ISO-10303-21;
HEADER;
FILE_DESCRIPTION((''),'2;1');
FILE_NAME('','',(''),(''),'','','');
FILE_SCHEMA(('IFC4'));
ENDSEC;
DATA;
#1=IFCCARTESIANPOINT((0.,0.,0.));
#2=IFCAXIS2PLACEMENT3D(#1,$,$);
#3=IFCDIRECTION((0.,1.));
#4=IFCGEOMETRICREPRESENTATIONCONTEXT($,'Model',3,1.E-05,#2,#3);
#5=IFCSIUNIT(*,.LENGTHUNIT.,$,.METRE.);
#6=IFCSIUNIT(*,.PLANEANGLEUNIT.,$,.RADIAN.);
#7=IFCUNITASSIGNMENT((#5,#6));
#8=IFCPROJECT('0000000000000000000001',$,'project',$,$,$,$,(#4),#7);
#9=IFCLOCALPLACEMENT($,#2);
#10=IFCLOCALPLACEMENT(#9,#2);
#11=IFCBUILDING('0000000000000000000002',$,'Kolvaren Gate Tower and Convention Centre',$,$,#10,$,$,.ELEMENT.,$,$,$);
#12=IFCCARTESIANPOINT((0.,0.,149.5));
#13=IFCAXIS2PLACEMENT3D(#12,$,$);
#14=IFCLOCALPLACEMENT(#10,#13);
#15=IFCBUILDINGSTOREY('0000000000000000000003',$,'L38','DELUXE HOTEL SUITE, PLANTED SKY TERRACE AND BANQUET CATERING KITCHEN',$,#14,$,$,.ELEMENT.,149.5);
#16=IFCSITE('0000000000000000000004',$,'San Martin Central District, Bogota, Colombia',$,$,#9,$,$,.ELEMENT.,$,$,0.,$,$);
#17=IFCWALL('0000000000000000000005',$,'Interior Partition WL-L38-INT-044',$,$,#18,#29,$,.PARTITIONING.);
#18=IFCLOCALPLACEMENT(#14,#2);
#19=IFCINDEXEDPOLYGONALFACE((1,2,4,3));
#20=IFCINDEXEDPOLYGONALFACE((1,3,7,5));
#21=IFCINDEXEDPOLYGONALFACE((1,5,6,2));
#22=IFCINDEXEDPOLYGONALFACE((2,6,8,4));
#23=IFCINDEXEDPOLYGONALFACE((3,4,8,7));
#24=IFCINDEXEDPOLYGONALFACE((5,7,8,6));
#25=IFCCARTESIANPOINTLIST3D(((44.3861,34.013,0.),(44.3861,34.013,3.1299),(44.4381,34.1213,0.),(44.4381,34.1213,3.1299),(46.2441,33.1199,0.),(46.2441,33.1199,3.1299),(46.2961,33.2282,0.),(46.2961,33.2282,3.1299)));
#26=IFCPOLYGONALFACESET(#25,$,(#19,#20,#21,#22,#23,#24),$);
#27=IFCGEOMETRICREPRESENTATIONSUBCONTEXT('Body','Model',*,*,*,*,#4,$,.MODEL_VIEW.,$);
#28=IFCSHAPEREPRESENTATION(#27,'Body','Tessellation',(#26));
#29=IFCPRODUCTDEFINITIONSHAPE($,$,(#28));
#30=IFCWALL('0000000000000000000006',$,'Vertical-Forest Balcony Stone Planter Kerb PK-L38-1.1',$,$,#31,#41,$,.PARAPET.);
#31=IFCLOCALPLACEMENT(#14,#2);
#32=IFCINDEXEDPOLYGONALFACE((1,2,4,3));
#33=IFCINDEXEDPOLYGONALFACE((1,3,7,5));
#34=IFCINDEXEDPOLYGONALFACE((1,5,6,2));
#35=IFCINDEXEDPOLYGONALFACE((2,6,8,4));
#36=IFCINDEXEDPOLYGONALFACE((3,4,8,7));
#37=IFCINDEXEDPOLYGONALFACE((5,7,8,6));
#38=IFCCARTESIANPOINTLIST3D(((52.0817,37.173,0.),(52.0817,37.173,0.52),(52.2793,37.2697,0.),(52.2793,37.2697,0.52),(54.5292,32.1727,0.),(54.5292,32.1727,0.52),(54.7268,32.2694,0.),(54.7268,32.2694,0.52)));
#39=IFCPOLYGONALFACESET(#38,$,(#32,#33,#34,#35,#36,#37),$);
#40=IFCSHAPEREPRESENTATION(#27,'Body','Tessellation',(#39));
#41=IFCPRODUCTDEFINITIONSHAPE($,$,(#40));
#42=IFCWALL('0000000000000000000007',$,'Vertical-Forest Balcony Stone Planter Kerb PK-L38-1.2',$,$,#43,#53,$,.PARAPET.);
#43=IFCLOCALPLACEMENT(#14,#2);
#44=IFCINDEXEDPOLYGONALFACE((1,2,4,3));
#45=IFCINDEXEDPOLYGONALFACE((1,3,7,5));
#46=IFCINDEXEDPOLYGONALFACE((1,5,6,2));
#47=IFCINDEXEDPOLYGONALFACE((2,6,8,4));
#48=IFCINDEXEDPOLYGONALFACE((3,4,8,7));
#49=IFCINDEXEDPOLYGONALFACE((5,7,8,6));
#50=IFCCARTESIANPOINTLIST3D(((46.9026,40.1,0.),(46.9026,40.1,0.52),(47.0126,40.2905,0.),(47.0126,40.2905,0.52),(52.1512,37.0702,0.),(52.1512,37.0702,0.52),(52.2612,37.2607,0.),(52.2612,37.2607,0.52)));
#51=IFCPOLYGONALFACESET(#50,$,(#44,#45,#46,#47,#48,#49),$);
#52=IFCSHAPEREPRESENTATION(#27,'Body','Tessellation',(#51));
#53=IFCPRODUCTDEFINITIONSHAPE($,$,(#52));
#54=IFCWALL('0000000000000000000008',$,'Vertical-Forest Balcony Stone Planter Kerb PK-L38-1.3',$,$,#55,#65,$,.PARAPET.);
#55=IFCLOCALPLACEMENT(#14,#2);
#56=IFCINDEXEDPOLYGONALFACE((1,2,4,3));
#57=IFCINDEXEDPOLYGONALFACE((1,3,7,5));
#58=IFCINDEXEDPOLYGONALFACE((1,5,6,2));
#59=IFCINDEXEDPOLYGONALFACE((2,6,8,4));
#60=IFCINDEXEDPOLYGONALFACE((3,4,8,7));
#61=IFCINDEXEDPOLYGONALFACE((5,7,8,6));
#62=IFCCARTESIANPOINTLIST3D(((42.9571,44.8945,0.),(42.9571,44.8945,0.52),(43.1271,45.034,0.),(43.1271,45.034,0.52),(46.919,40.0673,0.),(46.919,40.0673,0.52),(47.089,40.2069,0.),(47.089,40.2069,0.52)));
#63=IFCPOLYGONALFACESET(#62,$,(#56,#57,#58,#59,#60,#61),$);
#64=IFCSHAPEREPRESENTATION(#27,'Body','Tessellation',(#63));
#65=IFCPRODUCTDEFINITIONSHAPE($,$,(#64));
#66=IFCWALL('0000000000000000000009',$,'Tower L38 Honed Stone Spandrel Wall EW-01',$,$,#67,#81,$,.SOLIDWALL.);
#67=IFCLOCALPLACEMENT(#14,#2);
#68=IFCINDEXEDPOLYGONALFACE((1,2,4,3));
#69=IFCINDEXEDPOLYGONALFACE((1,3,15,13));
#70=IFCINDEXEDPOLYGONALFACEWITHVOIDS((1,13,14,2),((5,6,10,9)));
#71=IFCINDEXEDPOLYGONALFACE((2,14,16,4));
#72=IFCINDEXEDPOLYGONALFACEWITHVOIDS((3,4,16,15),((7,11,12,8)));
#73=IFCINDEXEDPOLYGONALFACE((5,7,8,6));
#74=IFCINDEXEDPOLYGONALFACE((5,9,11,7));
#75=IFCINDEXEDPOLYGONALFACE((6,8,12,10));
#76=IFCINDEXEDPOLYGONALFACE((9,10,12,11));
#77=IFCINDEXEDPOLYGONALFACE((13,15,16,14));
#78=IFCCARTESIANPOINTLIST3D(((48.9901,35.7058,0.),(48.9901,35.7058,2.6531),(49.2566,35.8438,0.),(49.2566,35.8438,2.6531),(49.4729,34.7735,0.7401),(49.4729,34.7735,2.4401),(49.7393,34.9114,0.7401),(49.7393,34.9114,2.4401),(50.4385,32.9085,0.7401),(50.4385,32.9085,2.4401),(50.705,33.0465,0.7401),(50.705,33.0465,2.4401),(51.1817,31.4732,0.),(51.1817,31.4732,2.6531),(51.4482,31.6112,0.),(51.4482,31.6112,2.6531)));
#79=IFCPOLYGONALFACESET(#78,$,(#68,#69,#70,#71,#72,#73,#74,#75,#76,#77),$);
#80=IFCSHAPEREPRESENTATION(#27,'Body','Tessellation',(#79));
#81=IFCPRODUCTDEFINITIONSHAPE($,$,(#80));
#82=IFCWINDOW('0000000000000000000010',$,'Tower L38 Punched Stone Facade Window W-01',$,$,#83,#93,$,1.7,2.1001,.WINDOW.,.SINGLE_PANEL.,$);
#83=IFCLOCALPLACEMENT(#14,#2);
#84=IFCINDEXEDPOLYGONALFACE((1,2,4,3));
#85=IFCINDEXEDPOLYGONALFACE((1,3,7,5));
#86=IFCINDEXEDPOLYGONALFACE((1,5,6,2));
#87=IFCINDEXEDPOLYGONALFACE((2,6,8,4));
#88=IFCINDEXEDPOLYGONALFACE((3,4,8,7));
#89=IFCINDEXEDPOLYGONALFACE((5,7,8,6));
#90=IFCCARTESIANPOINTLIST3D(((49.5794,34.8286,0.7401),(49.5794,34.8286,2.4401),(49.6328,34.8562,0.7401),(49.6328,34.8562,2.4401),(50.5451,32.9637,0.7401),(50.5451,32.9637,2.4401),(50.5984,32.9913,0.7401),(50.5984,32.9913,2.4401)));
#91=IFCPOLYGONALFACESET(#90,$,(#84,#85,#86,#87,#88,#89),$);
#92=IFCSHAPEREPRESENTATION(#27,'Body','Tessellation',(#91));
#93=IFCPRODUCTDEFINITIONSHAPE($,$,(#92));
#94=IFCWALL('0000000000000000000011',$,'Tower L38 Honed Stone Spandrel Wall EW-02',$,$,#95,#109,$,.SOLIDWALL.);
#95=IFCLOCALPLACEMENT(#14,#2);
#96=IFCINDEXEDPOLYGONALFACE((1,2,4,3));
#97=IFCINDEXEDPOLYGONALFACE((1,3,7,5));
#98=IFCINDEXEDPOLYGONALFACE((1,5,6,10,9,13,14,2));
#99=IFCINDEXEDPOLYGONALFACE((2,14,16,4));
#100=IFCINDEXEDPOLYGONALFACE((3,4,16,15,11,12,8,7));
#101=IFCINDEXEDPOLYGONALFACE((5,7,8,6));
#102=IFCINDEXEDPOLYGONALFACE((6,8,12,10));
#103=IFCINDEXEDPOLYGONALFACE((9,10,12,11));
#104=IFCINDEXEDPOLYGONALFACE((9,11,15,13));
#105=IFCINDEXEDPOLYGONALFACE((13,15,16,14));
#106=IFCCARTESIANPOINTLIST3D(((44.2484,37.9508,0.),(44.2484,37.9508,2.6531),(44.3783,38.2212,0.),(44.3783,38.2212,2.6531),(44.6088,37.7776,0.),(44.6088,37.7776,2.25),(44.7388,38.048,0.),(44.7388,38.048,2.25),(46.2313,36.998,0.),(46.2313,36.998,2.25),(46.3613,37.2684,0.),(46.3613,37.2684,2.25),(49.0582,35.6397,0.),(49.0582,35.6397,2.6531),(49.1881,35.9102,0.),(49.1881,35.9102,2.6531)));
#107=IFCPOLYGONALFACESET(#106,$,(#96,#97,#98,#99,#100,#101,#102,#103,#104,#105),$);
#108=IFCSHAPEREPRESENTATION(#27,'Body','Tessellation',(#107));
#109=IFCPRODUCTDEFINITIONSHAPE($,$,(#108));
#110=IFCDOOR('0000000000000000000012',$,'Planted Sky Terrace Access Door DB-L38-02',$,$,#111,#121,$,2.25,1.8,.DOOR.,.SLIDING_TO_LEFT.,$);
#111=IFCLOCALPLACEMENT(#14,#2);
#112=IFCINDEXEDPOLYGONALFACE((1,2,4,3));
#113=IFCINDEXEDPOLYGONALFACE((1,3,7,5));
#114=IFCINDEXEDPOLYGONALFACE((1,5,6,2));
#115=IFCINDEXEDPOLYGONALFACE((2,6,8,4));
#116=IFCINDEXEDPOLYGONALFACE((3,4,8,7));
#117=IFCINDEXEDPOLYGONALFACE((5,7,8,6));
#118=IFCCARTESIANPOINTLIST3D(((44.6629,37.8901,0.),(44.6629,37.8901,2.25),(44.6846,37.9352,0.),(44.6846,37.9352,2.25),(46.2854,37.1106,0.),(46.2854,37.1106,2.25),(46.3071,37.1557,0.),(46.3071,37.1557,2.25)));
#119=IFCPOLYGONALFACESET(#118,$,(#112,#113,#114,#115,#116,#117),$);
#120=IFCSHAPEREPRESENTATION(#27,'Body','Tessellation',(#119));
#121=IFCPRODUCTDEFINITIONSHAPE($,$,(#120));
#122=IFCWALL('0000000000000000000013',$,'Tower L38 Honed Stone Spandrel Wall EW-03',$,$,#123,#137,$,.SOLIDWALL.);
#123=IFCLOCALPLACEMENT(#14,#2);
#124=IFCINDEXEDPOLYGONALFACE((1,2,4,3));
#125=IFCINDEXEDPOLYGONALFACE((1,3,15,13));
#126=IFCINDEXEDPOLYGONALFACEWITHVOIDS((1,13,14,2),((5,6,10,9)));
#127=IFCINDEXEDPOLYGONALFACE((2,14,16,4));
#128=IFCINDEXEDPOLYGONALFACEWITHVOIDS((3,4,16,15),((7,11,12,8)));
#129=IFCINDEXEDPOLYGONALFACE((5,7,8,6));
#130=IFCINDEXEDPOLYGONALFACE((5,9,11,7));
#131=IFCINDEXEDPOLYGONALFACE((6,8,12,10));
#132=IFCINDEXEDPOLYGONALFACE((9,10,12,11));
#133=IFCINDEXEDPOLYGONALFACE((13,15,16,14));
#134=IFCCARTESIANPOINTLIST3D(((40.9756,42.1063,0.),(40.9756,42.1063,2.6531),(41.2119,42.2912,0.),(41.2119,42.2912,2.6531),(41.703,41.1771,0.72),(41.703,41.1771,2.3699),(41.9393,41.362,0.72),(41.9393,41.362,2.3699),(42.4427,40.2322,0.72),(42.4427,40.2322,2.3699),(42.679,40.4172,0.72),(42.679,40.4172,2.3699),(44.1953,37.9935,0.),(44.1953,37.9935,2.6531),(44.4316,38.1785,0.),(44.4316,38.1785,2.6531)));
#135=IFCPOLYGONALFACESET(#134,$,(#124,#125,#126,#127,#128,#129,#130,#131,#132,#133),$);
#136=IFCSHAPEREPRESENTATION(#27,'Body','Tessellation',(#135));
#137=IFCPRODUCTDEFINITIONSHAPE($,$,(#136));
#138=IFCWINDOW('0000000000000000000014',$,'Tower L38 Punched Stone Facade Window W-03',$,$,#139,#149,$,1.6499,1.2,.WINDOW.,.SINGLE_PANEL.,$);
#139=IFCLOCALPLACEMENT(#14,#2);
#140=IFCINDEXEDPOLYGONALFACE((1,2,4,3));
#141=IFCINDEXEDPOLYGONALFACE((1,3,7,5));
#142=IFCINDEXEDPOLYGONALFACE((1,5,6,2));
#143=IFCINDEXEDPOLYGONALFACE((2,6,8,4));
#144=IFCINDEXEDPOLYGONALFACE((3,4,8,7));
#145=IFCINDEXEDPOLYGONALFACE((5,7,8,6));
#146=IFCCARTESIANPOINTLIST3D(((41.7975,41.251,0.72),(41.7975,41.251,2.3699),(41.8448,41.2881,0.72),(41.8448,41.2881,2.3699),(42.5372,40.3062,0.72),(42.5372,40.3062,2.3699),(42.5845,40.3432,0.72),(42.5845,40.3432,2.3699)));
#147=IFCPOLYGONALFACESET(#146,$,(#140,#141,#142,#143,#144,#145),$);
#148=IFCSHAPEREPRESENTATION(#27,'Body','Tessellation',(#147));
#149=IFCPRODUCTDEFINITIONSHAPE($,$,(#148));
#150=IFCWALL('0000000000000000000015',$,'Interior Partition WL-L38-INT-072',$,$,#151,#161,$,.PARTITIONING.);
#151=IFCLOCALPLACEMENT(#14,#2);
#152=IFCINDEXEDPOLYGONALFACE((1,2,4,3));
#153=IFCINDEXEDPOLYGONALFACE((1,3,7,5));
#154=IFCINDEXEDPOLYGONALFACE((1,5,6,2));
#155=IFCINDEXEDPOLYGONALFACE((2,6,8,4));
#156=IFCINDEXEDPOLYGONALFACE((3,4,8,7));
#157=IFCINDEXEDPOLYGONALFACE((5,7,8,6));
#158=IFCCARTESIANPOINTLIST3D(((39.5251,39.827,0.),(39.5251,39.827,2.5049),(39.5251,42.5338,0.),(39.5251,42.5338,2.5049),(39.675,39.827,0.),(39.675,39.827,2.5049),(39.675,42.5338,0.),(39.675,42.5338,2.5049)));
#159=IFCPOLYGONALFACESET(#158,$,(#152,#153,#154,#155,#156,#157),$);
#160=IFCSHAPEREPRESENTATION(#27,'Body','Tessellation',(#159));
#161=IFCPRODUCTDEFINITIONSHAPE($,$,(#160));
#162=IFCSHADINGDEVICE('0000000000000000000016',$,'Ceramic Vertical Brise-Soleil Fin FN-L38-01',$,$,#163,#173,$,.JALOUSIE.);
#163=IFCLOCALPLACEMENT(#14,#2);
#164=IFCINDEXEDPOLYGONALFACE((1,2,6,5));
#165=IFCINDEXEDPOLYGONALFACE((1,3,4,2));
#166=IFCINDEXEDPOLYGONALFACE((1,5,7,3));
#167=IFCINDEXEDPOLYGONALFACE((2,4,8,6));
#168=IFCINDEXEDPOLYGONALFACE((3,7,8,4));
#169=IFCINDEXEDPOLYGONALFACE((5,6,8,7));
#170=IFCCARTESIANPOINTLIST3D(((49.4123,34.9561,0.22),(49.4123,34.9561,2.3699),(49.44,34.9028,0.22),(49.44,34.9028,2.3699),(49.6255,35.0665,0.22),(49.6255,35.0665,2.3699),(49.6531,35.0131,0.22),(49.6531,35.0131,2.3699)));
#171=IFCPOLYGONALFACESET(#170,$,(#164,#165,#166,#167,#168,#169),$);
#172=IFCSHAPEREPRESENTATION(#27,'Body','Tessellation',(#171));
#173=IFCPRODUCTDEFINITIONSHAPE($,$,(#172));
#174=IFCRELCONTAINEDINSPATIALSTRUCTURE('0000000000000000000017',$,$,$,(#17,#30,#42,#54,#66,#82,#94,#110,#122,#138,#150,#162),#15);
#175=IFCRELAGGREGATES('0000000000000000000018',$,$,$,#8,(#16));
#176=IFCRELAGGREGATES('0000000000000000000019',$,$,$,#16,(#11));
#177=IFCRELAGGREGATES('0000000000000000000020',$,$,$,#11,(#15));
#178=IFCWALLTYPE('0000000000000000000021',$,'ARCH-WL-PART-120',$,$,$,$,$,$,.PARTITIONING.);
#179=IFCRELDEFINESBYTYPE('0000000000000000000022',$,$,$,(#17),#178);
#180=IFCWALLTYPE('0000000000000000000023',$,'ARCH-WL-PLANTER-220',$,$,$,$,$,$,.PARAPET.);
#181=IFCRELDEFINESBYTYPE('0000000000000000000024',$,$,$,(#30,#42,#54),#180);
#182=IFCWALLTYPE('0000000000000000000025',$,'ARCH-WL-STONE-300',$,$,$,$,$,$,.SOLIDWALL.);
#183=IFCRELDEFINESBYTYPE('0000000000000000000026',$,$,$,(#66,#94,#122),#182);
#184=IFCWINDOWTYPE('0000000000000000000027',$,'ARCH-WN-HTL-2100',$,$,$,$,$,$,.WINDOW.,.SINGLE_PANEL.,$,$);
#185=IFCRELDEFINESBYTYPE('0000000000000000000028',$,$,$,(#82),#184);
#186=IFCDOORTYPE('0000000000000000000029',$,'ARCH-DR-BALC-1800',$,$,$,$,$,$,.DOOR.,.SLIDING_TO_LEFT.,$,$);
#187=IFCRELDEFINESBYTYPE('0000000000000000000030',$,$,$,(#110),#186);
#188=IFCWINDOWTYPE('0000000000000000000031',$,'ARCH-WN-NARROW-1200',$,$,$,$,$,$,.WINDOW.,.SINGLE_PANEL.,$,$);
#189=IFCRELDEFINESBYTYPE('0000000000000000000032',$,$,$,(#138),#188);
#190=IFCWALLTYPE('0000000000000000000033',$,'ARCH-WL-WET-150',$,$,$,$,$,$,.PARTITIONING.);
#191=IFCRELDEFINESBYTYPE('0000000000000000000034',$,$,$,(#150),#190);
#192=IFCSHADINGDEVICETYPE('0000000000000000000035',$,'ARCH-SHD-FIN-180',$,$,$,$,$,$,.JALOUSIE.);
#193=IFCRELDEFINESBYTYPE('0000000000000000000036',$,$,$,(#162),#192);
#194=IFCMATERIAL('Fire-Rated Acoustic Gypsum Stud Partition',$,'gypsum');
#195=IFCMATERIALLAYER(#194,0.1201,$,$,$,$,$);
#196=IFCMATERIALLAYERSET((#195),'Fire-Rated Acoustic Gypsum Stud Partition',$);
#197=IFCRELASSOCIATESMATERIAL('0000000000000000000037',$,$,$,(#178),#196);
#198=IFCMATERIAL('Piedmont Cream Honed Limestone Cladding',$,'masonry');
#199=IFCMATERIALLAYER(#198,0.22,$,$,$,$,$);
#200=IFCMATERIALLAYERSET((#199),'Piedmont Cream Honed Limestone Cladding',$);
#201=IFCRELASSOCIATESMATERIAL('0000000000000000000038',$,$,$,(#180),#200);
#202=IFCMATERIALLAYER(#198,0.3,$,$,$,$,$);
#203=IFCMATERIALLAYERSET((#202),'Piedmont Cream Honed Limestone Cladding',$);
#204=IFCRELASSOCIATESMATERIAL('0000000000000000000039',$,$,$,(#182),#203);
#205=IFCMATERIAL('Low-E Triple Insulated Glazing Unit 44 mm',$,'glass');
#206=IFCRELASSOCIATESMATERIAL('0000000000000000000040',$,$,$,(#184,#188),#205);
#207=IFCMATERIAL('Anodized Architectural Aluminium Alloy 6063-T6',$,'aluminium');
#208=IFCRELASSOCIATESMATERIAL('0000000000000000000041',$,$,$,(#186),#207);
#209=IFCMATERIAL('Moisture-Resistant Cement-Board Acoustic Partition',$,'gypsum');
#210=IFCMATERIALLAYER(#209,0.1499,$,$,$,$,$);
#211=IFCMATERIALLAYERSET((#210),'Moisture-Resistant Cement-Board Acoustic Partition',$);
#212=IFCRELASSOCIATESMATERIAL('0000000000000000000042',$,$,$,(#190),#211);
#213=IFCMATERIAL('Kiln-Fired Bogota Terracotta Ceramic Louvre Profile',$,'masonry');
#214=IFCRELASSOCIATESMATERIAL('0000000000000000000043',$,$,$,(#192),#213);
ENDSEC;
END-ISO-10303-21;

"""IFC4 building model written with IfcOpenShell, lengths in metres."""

from ifc_helpers import new_model, si_unit, direction, frame, frame_2d, origin, origin_2d, place, context, subcontext, project, spatial, rectangle, extrude, material, layer, layer_set, type_object, element, fill, save


model = new_model("IFC4")

# Units and contexts
model_context = context("Model", 3, precision=1e-05, world=origin(), true_north=direction((0.0, 1.0)))
body_context = subcontext(model_context, "Body", "Model", "MODEL_VIEW")
ifc_project = project(units=[si_unit("LENGTHUNIT", "METRE"), si_unit("PLANEANGLEUNIT", "RADIAN")], contexts=[model_context])

# Site, building, storey
site_placement = place(None, origin())
site = spatial("IfcSite", under=ifc_project, at=site_placement, Name="San Martin Central District, Bogota, Colombia", CompositionType="ELEMENT", RefElevation=0.0)
building_placement = place(site_placement, origin())
building = spatial("IfcBuilding", under=site, at=building_placement, Name="Kolvaren Gate Tower and Convention Centre", CompositionType="ELEMENT")
storey_placement = place(building_placement, frame((0.0, 0.0, 149.5)))
storey = spatial("IfcBuildingStorey", under=building, at=storey_placement, Name="L38", Description="DELUXE HOTEL SUITE, PLANTED SKY TERRACE AND BANQUET CATERING KITCHEN", CompositionType="ELEMENT", Elevation=149.5)

# Walls
ifc_material_1 = material(Name="Fire-Rated Acoustic Gypsum Stud Partition", Category="gypsum")
ifc_layer_1 = layer(ifc_material_1, 0.1201)
ifc_layer_set_1 = layer_set([ifc_layer_1], Name="Fire-Rated Acoustic Gypsum Stud Partition")
wall_type_1 = type_object("IfcWallType", Name="ARCH-WL-PART-120", PredefinedType="PARTITIONING", material=ifc_layer_set_1)
wall_1_placement = place(storey_placement, frame((44.4121, 34.0671, 0.0), z_axis=(0.0, 0.0, 1.0), x_axis=(0.901283, -0.433232, 0.0)))
element("IfcWall", 1, at=wall_1_placement, inside=storey, type_object=wall_type_1, Name="Interior Partition WL-L38-INT-044", PredefinedType="PARTITIONING", context=body_context, shape_type="SweptSolid", body=[
    extrude(rectangle(XDim=2.0615, YDim=0.1201, at=frame_2d((1.0308, 0.0))), origin(), (0.0, 0.0, 1.0), 3.1299),
])
ifc_material_2 = material(Name="Piedmont Cream Honed Limestone Cladding", Category="masonry")
ifc_layer_2 = layer(ifc_material_2, 0.22)
ifc_layer_set_2 = layer_set([ifc_layer_2], Name="Piedmont Cream Honed Limestone Cladding")
wall_type_2 = type_object("IfcWallType", Name="ARCH-WL-PLANTER-220", PredefinedType="PARAPET", material=ifc_layer_set_2)
wall_2_placement = place(storey_placement, frame((52.1804, 37.2214, 0.0), z_axis=(0.0, 0.0, 1.0), x_axis=(0.439637, -0.898175, 0.0)))
element("IfcWall", 2, at=wall_2_placement, inside=storey, type_object=wall_type_2, Name="Vertical-Forest Balcony Stone Planter Kerb PK-L38-1.1", PredefinedType="PARAPET", context=body_context, shape_type="SweptSolid", body=[
    extrude(rectangle(XDim=5.5671, YDim=0.22, at=frame_2d((2.7837, 0.0))), origin(), (0.0, 0.0, 1.0), 0.52),
])
wall_3_placement = place(storey_placement, frame((46.9575, 40.1953, 0.0), z_axis=(0.0, 0.0, 1.0), x_axis=(0.866058, -0.499943, 0.0)))
element("IfcWall", 3, at=wall_3_placement, inside=storey, type_object=wall_type_2, Name="Vertical-Forest Balcony Stone Planter Kerb PK-L38-1.2", PredefinedType="PARAPET", context=body_context, shape_type="SweptSolid", body=[
    extrude(rectangle(XDim=6.0603, YDim=0.22, at=frame_2d((3.0303, 0.0))), origin(), (0.0, 0.0, 1.0), 0.52),
])
wall_4_placement = place(storey_placement, frame((43.042, 44.9644, 0.0), z_axis=(0.0, 0.0, 1.0), x_axis=(0.634429, -0.772981, 0.0)))
element("IfcWall", 4, at=wall_4_placement, inside=storey, type_object=wall_type_2, Name="Vertical-Forest Balcony Stone Planter Kerb PK-L38-1.3", PredefinedType="PARAPET", context=body_context, shape_type="SweptSolid", body=[
    extrude(rectangle(XDim=6.2449, YDim=0.22, at=frame_2d((3.1226, 0.0))), origin(), (0.0, 0.0, 1.0), 0.52),
])

# Wall, opening, window
ifc_layer_3 = layer(ifc_material_2, 0.3)
ifc_layer_set_3 = layer_set([ifc_layer_3], Name="Piedmont Cream Honed Limestone Cladding")
wall_type_3 = type_object("IfcWallType", Name="ARCH-WL-STONE-300", PredefinedType="SOLIDWALL", material=ifc_layer_set_3)
wall_5_placement = place(storey_placement, frame((49.1233, 35.7749, 0.0), z_axis=(0.0, 0.0, 1.0), x_axis=(0.45981, -0.888017, 0.0)))
wall_5 = element("IfcWall", 5, at=wall_5_placement, inside=storey, type_object=wall_type_3, Name="Tower L38 Honed Stone Spandrel Wall EW-01", PredefinedType="SOLIDWALL", context=body_context, shape_type="SweptSolid", body=[
    extrude(rectangle(XDim=4.7664, YDim=0.3, at=frame_2d((2.3833, 0.0))), origin(), (0.0, 0.0, 1.0), 2.6531),
])
opening_1_placement = place(wall_5_placement, frame((1.05, 0.0, 0.74)))
opening_1 = element("IfcOpeningElement", 6, at=opening_1_placement, cuts=wall_5, PredefinedType="OPENING", context=body_context, shape_type="SweptSolid", body=[
    extrude(rectangle(XDim=2.1001, YDim=1.7, at=frame_2d((1.05, 0.8501))), frame((0.0, 0.1599, 0.0), z_axis=(0.0, -1.0, 0.0), x_axis=(1.0, 0.0, 0.0)), (0.0, 0.0, 1.0), 0.3201),
])
ifc_material_3 = material(Name="Low-E Triple Insulated Glazing Unit 44 mm", Category="glass")
window_type_1 = type_object("IfcWindowType", Name="ARCH-WN-HTL-2100", PartitioningType="SINGLE_PANEL", PredefinedType="WINDOW", material=ifc_material_3)
window_1_placement = place(opening_1_placement, origin())
window_1 = element("IfcWindow", 7, at=window_1_placement, inside=storey, type_object=window_type_1, Name="Tower L38 Punched Stone Facade Window W-01", OverallHeight=1.7, OverallWidth=2.1001, PartitioningType="SINGLE_PANEL", PredefinedType="WINDOW", context=body_context, shape_type="SweptSolid", body=[
    extrude(rectangle(XDim=2.1001, YDim=1.7, at=frame_2d((1.05, 0.8501))), frame((0.0, 0.03, 0.0), z_axis=(0.0, -1.0, 0.0), x_axis=(1.0, 0.0, 0.0)), (0.0, 0.0, 1.0), 0.0601),
])
fill(opening_1, window_1)

# Wall, opening, door
wall_6_placement = place(storey_placement, frame((44.3135, 38.0859, 0.0), z_axis=(0.0, 0.0, 1.0), x_axis=(0.901353, -0.433085, 0.0)))
wall_6 = element("IfcWall", 8, at=wall_6_placement, inside=storey, type_object=wall_type_3, Name="Tower L38 Honed Stone Spandrel Wall EW-02", PredefinedType="SOLIDWALL", context=body_context, shape_type="SweptSolid", body=[
    extrude(rectangle(XDim=5.3362, YDim=0.3, at=frame_2d((2.668, 0.0))), origin(), (0.0, 0.0, 1.0), 2.6531),
])
opening_2_placement = place(wall_6_placement, frame((0.3999, 0.0, 0.0)))
opening_2 = element("IfcOpeningElement", 9, at=opening_2_placement, cuts=wall_6, PredefinedType="OPENING", context=body_context, shape_type="SweptSolid", body=[
    extrude(rectangle(XDim=1.8, YDim=2.25, at=frame_2d((0.8999, 1.125))), frame((0.0, 0.1599, 0.0), z_axis=(0.0, -1.0, 0.0), x_axis=(1.0, 0.0, 0.0)), (0.0, 0.0, 1.0), 0.3201),
])
ifc_material_4 = material(Name="Anodized Architectural Aluminium Alloy 6063-T6", Category="aluminium")
door_type = type_object("IfcDoorType", Name="ARCH-DR-BALC-1800", OperationType="SLIDING_TO_LEFT", PredefinedType="DOOR", material=ifc_material_4)
door_placement = place(opening_2_placement, origin())
door = element("IfcDoor", 10, at=door_placement, inside=storey, type_object=door_type, Name="Planted Sky Terrace Access Door DB-L38-02", OperationType="SLIDING_TO_LEFT", OverallHeight=2.25, OverallWidth=1.8, PredefinedType="DOOR", context=body_context, shape_type="SweptSolid", body=[
    extrude(rectangle(XDim=1.8, YDim=2.25, at=frame_2d((0.8999, 1.125))), frame((0.0, 0.0249, 0.0), z_axis=(0.0, -1.0, 0.0), x_axis=(1.0, 0.0, 0.0)), (0.0, 0.0, 1.0), 0.05),
])
fill(opening_2, door)

# Wall, opening, window
wall_7_placement = place(storey_placement, frame((41.0938, 42.1987, 0.0), z_axis=(0.0, 0.0, 1.0), x_axis=(0.616429, -0.78741, 0.0)))
wall_7 = element("IfcWall", 11, at=wall_7_placement, inside=storey, type_object=wall_type_3, Name="Tower L38 Honed Stone Spandrel Wall EW-03", PredefinedType="SOLIDWALL", context=body_context, shape_type="SweptSolid", body=[
    extrude(rectangle(XDim=5.2231, YDim=0.3, at=frame_2d((2.6116, 0.0))), origin(), (0.0, 0.0, 1.0), 2.6531),
])
opening_3_placement = place(wall_7_placement, frame((1.1799, 0.0, 0.72)))
opening_3 = element("IfcOpeningElement", 12, at=opening_3_placement, cuts=wall_7, PredefinedType="OPENING", context=body_context, shape_type="SweptSolid", body=[
    extrude(rectangle(XDim=1.2, YDim=1.6499, at=frame_2d((0.6001, 0.825))), frame((0.0, 0.1599, 0.0), z_axis=(0.0, -1.0, 0.0), x_axis=(1.0, 0.0, 0.0)), (0.0, 0.0, 1.0), 0.3201),
])
window_type_2 = type_object("IfcWindowType", Name="ARCH-WN-NARROW-1200", PartitioningType="SINGLE_PANEL", PredefinedType="WINDOW", material=ifc_material_3)
window_2_placement = place(opening_3_placement, origin())
window_2 = element("IfcWindow", 13, at=window_2_placement, inside=storey, type_object=window_type_2, Name="Tower L38 Punched Stone Facade Window W-03", OverallHeight=1.6499, OverallWidth=1.2, PartitioningType="SINGLE_PANEL", PredefinedType="WINDOW", context=body_context, shape_type="SweptSolid", body=[
    extrude(rectangle(XDim=1.2, YDim=1.6499, at=frame_2d((0.6001, 0.825))), frame((0.0, 0.03, 0.0), z_axis=(0.0, -1.0, 0.0), x_axis=(1.0, 0.0, 0.0)), (0.0, 0.0, 1.0), 0.0601),
])
fill(opening_3, window_2)

# Wall
ifc_material_5 = material(Name="Moisture-Resistant Cement-Board Acoustic Partition", Category="gypsum")
ifc_layer_4 = layer(ifc_material_5, 0.1499)
ifc_layer_set_4 = layer_set([ifc_layer_4], Name="Moisture-Resistant Cement-Board Acoustic Partition")
wall_type_4 = type_object("IfcWallType", Name="ARCH-WL-WET-150", PredefinedType="PARTITIONING", material=ifc_layer_set_4)
wall_8_placement = place(storey_placement, frame((39.6001, 39.8269, 0.0), z_axis=(0.0, 0.0, 1.0), x_axis=(0.0, 1.0, 0.0)))
element("IfcWall", 14, at=wall_8_placement, inside=storey, type_object=wall_type_4, Name="Interior Partition WL-L38-INT-072", PredefinedType="PARTITIONING", context=body_context, shape_type="SweptSolid", body=[
    extrude(rectangle(XDim=2.7068, YDim=0.1499, at=frame_2d((1.3535, 0.0))), origin(), (0.0, 0.0, 1.0), 2.5049),
])

# Shading device
ifc_material_6 = material(Name="Kiln-Fired Bogota Terracotta Ceramic Louvre Profile", Category="masonry")
shading_device_type = type_object("IfcShadingDeviceType", Name="ARCH-SHD-FIN-180", PredefinedType="JALOUSIE", material=ifc_material_6)
for number, where, z_axis, x_axis, name in (
    (15, (49.5327, 34.9846, 0.22), (0.0, 0.0, 1.0), (0.459798, -0.888023, 0.0), "Ceramic Vertical Brise-Soleil Fin FN-L38-01"),
):
    element("IfcShadingDevice", number, at=place(storey_placement, frame(where, z_axis=z_axis, x_axis=x_axis)), inside=storey, type_object=shading_device_type, Name=name, PredefinedType="JALOUSIE", context=body_context, shape_type="SweptSolid", body=[
        extrude(rectangle(XDim=0.0601, YDim=0.24, at=origin_2d()), origin(), (0.0, 0.0, 1.0), 2.1499),
    ])

save(model, "model.ifc")
